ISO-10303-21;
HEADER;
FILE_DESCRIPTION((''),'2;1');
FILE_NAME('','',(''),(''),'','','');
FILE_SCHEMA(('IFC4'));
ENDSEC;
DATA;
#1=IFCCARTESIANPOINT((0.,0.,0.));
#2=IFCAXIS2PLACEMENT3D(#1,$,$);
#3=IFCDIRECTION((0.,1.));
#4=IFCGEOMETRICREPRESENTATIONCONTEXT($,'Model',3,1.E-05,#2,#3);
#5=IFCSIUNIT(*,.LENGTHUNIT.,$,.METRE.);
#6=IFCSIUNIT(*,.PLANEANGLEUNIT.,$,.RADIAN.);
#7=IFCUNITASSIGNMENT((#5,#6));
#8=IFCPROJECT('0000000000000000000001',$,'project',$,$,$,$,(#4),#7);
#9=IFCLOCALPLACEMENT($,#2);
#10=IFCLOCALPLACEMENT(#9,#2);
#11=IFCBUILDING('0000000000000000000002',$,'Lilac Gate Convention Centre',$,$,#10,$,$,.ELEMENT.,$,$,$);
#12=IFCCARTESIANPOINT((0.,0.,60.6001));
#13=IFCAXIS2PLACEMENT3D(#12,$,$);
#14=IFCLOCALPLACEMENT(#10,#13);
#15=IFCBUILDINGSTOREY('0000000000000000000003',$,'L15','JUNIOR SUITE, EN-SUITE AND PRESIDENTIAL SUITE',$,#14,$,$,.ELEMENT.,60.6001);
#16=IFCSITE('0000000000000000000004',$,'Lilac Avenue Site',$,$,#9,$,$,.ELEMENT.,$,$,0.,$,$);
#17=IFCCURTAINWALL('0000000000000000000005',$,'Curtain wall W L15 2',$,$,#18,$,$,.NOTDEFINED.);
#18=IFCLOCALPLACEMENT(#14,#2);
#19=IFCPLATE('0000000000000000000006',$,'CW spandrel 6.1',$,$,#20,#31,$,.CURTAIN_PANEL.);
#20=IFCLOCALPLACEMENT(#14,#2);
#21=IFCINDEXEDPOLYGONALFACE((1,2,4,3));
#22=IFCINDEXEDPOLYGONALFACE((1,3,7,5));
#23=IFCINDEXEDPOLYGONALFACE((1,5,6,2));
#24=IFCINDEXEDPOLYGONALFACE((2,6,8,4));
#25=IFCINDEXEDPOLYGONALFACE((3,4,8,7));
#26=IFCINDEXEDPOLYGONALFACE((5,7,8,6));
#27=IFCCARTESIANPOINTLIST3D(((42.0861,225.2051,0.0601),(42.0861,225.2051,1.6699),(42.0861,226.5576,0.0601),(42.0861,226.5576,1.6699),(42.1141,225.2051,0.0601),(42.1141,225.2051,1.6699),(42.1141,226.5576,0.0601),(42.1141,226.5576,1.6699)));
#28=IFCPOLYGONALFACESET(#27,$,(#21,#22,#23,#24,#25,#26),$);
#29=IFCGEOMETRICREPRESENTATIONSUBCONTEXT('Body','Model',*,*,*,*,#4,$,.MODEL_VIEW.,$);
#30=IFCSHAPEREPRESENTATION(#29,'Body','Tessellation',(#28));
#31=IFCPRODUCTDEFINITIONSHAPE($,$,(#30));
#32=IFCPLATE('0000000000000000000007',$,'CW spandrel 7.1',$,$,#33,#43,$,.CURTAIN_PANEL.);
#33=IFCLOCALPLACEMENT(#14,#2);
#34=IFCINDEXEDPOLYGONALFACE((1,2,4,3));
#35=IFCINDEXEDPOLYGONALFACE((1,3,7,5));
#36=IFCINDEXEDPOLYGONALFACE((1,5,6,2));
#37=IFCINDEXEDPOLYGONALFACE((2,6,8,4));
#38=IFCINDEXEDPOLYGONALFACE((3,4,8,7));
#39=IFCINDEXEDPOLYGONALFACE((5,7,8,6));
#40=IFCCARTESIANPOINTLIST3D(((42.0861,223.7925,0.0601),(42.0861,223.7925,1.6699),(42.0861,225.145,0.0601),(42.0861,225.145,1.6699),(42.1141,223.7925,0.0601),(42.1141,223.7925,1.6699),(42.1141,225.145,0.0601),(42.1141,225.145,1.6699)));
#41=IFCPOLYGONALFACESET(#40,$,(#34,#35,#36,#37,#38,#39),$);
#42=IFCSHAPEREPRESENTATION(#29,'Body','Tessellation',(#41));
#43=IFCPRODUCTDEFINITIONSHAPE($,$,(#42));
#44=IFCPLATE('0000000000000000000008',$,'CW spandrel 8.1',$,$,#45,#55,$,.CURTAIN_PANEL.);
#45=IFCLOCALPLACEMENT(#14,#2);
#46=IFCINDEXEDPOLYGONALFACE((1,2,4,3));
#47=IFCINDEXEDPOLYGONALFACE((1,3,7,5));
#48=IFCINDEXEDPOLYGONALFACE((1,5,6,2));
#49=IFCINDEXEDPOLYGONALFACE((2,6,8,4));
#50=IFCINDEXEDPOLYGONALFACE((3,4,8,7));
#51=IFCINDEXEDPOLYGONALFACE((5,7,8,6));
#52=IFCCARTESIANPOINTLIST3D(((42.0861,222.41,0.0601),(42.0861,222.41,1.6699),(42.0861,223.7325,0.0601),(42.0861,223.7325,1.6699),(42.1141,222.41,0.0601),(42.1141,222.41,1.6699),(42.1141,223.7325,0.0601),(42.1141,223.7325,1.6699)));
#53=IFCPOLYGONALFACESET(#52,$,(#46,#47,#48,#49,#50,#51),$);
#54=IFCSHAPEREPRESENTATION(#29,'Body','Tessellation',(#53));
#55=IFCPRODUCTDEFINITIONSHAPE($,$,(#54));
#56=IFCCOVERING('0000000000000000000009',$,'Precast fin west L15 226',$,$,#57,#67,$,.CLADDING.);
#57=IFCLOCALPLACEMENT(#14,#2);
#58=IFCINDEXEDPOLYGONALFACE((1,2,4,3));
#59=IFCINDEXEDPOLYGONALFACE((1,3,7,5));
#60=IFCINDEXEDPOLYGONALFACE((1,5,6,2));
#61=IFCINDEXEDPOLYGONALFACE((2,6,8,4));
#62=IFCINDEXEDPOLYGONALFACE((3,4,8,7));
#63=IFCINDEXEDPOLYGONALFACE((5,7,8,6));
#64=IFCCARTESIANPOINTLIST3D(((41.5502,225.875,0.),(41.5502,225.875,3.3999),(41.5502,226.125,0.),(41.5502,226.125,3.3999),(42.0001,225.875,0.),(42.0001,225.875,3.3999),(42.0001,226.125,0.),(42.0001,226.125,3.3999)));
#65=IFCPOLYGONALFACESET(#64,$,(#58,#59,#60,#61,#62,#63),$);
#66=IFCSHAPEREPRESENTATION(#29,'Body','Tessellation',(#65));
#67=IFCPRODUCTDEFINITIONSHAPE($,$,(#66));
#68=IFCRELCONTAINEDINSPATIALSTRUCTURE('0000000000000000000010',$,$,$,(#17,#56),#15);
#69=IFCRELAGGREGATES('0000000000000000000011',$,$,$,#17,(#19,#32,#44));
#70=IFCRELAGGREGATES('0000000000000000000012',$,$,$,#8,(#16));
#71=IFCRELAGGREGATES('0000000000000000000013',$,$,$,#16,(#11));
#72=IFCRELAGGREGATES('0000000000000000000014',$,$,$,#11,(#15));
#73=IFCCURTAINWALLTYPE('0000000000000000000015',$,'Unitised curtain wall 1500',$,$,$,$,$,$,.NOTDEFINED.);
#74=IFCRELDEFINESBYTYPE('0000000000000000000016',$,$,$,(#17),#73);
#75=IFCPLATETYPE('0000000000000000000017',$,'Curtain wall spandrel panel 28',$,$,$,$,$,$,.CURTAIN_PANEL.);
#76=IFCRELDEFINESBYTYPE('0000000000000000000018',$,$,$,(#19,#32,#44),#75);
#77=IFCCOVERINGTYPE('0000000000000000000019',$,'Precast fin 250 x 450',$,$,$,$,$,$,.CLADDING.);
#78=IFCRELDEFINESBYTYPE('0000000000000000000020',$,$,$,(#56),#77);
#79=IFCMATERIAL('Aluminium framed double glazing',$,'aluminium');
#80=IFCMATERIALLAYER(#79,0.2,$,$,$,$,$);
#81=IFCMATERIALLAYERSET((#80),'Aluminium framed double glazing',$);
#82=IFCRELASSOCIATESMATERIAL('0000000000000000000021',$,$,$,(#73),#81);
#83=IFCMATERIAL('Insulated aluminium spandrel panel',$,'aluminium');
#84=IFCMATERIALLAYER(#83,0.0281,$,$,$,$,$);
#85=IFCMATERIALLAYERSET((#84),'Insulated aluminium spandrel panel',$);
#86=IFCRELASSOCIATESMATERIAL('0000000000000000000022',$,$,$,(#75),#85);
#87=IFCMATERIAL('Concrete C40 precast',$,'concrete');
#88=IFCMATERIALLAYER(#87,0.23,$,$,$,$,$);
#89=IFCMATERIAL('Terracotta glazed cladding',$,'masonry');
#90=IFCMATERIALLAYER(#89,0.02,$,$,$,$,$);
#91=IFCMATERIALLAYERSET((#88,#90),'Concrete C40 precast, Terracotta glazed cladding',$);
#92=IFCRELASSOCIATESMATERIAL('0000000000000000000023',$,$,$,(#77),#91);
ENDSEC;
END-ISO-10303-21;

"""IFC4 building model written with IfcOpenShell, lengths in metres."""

from ifc_helpers import new_model, si_unit, direction, frame, frame_2d, origin, origin_2d, place, context, subcontext, project, spatial, rectangle, extrude, material, layer, layer_set, type_object, element, aggregate, save


model = new_model("IFC4")

# Units and contexts
model_context = context("Model", 3, precision=1e-05, world=origin(), true_north=direction((0.0, 1.0)))
body_context = subcontext(model_context, "Body", "Model", "MODEL_VIEW")
ifc_project = project(units=[si_unit("LENGTHUNIT", "METRE"), si_unit("PLANEANGLEUNIT", "RADIAN")], contexts=[model_context])

# Site, building, storey
site_placement = place(None, origin())
site = spatial("IfcSite", under=ifc_project, at=site_placement, Name="Lilac Avenue Site", CompositionType="ELEMENT", RefElevation=0.0)
building_placement = place(site_placement, origin())
building = spatial("IfcBuilding", under=site, at=building_placement, Name="Lilac Gate Convention Centre", CompositionType="ELEMENT")
storey_placement = place(building_placement, frame((0.0, 0.0, 60.6001)))
storey = spatial("IfcBuildingStorey", under=building, at=storey_placement, Name="L15", Description="JUNIOR SUITE, EN-SUITE AND PRESIDENTIAL SUITE", CompositionType="ELEMENT", Elevation=60.6001)

# Curtain wall, plates
ifc_material_1 = material(Name="Aluminium framed double glazing", Category="aluminium")
ifc_layer_1 = layer(ifc_material_1, 0.2)
ifc_layer_set_1 = layer_set([ifc_layer_1], Name="Aluminium framed double glazing")
curtain_wall_type = type_object("IfcCurtainWallType", Name="Unitised curtain wall 1500", PredefinedType="NOTDEFINED", material=ifc_layer_set_1)
curtain_wall_placement = place(storey_placement, origin())
curtain_wall = element("IfcCurtainWall", 1, at=curtain_wall_placement, inside=storey, type_object=curtain_wall_type, Name="Curtain wall W L15 2", PredefinedType="NOTDEFINED")
ifc_material_2 = material(Name="Insulated aluminium spandrel panel", Category="aluminium")
ifc_layer_2 = layer(ifc_material_2, 0.0281)
ifc_layer_set_2 = layer_set([ifc_layer_2], Name="Insulated aluminium spandrel panel")
plate_type_1 = type_object("IfcPlateType", Name="Curtain wall spandrel panel 28", PredefinedType="CURTAIN_PANEL", material=ifc_layer_set_2)
plate_1_placement = place(storey_placement, frame((42.1001, 225.8813, 0.0601), z_axis=(0.0, 0.0, 1.0), x_axis=(0.0, -1.0, 0.0)))
plate_1 = element("IfcPlate", 2, at=plate_1_placement, type_object=plate_type_1, Name="CW spandrel 6.1", PredefinedType="CURTAIN_PANEL", context=body_context, shape_type="SweptSolid", body=[
    extrude(rectangle(XDim=1.3525, YDim=0.0281, at=origin_2d()), origin(), (0.0, 0.0, 1.0), 1.6099),
])
plate_2_placement = place(storey_placement, frame((42.1001, 224.4688, 0.0601), z_axis=(0.0, 0.0, 1.0), x_axis=(0.0, -1.0, 0.0)))
plate_2 = element("IfcPlate", 3, at=plate_2_placement, type_object=plate_type_1, Name="CW spandrel 7.1", PredefinedType="CURTAIN_PANEL", context=body_context, shape_type="SweptSolid", body=[
    extrude(rectangle(XDim=1.3525, YDim=0.0281, at=origin_2d()), origin(), (0.0, 0.0, 1.0), 1.6099),
])
plate_3_placement = place(storey_placement, frame((42.1001, 223.0713, 0.0601), z_axis=(0.0, 0.0, 1.0), x_axis=(0.0, -1.0, 0.0)))
plate_3 = element("IfcPlate", 4, at=plate_3_placement, type_object=plate_type_1, Name="CW spandrel 8.1", PredefinedType="CURTAIN_PANEL", context=body_context, shape_type="SweptSolid", body=[
    extrude(rectangle(XDim=1.3225, YDim=0.0281, at=origin_2d()), origin(), (0.0, 0.0, 1.0), 1.6099),
])
aggregate(curtain_wall, [plate_1, plate_2, plate_3])

# Covering
ifc_material_3 = material(Name="Concrete C40 precast", Category="concrete")
ifc_layer_3 = layer(ifc_material_3, 0.23)
ifc_material_4 = material(Name="Terracotta glazed cladding", Category="masonry")
ifc_layer_4 = layer(ifc_material_4, 0.02)
ifc_layer_set_3 = layer_set([ifc_layer_3, ifc_layer_4], Name="Concrete C40 precast, Terracotta glazed cladding")
covering_type = type_object("IfcCoveringType", Name="Precast fin 250 x 450", PredefinedType="CLADDING", material=ifc_layer_set_3)
covering_placement = place(storey_placement, frame((41.55, 226.0, 0.0), z_axis=(0.0, 0.0, 1.0), x_axis=(1.0, 0.0, 0.0)))
element("IfcCovering", 5, at=covering_placement, inside=storey, type_object=covering_type, Name="Precast fin west L15 226", PredefinedType="CLADDING", context=body_context, shape_type="SweptSolid", body=[
    extrude(rectangle(XDim=0.45, YDim=0.25, at=frame_2d((0.2251, 0.0))), origin(), (0.0, 0.0, 1.0), 3.3999),
])

save(model, "model.ifc")
